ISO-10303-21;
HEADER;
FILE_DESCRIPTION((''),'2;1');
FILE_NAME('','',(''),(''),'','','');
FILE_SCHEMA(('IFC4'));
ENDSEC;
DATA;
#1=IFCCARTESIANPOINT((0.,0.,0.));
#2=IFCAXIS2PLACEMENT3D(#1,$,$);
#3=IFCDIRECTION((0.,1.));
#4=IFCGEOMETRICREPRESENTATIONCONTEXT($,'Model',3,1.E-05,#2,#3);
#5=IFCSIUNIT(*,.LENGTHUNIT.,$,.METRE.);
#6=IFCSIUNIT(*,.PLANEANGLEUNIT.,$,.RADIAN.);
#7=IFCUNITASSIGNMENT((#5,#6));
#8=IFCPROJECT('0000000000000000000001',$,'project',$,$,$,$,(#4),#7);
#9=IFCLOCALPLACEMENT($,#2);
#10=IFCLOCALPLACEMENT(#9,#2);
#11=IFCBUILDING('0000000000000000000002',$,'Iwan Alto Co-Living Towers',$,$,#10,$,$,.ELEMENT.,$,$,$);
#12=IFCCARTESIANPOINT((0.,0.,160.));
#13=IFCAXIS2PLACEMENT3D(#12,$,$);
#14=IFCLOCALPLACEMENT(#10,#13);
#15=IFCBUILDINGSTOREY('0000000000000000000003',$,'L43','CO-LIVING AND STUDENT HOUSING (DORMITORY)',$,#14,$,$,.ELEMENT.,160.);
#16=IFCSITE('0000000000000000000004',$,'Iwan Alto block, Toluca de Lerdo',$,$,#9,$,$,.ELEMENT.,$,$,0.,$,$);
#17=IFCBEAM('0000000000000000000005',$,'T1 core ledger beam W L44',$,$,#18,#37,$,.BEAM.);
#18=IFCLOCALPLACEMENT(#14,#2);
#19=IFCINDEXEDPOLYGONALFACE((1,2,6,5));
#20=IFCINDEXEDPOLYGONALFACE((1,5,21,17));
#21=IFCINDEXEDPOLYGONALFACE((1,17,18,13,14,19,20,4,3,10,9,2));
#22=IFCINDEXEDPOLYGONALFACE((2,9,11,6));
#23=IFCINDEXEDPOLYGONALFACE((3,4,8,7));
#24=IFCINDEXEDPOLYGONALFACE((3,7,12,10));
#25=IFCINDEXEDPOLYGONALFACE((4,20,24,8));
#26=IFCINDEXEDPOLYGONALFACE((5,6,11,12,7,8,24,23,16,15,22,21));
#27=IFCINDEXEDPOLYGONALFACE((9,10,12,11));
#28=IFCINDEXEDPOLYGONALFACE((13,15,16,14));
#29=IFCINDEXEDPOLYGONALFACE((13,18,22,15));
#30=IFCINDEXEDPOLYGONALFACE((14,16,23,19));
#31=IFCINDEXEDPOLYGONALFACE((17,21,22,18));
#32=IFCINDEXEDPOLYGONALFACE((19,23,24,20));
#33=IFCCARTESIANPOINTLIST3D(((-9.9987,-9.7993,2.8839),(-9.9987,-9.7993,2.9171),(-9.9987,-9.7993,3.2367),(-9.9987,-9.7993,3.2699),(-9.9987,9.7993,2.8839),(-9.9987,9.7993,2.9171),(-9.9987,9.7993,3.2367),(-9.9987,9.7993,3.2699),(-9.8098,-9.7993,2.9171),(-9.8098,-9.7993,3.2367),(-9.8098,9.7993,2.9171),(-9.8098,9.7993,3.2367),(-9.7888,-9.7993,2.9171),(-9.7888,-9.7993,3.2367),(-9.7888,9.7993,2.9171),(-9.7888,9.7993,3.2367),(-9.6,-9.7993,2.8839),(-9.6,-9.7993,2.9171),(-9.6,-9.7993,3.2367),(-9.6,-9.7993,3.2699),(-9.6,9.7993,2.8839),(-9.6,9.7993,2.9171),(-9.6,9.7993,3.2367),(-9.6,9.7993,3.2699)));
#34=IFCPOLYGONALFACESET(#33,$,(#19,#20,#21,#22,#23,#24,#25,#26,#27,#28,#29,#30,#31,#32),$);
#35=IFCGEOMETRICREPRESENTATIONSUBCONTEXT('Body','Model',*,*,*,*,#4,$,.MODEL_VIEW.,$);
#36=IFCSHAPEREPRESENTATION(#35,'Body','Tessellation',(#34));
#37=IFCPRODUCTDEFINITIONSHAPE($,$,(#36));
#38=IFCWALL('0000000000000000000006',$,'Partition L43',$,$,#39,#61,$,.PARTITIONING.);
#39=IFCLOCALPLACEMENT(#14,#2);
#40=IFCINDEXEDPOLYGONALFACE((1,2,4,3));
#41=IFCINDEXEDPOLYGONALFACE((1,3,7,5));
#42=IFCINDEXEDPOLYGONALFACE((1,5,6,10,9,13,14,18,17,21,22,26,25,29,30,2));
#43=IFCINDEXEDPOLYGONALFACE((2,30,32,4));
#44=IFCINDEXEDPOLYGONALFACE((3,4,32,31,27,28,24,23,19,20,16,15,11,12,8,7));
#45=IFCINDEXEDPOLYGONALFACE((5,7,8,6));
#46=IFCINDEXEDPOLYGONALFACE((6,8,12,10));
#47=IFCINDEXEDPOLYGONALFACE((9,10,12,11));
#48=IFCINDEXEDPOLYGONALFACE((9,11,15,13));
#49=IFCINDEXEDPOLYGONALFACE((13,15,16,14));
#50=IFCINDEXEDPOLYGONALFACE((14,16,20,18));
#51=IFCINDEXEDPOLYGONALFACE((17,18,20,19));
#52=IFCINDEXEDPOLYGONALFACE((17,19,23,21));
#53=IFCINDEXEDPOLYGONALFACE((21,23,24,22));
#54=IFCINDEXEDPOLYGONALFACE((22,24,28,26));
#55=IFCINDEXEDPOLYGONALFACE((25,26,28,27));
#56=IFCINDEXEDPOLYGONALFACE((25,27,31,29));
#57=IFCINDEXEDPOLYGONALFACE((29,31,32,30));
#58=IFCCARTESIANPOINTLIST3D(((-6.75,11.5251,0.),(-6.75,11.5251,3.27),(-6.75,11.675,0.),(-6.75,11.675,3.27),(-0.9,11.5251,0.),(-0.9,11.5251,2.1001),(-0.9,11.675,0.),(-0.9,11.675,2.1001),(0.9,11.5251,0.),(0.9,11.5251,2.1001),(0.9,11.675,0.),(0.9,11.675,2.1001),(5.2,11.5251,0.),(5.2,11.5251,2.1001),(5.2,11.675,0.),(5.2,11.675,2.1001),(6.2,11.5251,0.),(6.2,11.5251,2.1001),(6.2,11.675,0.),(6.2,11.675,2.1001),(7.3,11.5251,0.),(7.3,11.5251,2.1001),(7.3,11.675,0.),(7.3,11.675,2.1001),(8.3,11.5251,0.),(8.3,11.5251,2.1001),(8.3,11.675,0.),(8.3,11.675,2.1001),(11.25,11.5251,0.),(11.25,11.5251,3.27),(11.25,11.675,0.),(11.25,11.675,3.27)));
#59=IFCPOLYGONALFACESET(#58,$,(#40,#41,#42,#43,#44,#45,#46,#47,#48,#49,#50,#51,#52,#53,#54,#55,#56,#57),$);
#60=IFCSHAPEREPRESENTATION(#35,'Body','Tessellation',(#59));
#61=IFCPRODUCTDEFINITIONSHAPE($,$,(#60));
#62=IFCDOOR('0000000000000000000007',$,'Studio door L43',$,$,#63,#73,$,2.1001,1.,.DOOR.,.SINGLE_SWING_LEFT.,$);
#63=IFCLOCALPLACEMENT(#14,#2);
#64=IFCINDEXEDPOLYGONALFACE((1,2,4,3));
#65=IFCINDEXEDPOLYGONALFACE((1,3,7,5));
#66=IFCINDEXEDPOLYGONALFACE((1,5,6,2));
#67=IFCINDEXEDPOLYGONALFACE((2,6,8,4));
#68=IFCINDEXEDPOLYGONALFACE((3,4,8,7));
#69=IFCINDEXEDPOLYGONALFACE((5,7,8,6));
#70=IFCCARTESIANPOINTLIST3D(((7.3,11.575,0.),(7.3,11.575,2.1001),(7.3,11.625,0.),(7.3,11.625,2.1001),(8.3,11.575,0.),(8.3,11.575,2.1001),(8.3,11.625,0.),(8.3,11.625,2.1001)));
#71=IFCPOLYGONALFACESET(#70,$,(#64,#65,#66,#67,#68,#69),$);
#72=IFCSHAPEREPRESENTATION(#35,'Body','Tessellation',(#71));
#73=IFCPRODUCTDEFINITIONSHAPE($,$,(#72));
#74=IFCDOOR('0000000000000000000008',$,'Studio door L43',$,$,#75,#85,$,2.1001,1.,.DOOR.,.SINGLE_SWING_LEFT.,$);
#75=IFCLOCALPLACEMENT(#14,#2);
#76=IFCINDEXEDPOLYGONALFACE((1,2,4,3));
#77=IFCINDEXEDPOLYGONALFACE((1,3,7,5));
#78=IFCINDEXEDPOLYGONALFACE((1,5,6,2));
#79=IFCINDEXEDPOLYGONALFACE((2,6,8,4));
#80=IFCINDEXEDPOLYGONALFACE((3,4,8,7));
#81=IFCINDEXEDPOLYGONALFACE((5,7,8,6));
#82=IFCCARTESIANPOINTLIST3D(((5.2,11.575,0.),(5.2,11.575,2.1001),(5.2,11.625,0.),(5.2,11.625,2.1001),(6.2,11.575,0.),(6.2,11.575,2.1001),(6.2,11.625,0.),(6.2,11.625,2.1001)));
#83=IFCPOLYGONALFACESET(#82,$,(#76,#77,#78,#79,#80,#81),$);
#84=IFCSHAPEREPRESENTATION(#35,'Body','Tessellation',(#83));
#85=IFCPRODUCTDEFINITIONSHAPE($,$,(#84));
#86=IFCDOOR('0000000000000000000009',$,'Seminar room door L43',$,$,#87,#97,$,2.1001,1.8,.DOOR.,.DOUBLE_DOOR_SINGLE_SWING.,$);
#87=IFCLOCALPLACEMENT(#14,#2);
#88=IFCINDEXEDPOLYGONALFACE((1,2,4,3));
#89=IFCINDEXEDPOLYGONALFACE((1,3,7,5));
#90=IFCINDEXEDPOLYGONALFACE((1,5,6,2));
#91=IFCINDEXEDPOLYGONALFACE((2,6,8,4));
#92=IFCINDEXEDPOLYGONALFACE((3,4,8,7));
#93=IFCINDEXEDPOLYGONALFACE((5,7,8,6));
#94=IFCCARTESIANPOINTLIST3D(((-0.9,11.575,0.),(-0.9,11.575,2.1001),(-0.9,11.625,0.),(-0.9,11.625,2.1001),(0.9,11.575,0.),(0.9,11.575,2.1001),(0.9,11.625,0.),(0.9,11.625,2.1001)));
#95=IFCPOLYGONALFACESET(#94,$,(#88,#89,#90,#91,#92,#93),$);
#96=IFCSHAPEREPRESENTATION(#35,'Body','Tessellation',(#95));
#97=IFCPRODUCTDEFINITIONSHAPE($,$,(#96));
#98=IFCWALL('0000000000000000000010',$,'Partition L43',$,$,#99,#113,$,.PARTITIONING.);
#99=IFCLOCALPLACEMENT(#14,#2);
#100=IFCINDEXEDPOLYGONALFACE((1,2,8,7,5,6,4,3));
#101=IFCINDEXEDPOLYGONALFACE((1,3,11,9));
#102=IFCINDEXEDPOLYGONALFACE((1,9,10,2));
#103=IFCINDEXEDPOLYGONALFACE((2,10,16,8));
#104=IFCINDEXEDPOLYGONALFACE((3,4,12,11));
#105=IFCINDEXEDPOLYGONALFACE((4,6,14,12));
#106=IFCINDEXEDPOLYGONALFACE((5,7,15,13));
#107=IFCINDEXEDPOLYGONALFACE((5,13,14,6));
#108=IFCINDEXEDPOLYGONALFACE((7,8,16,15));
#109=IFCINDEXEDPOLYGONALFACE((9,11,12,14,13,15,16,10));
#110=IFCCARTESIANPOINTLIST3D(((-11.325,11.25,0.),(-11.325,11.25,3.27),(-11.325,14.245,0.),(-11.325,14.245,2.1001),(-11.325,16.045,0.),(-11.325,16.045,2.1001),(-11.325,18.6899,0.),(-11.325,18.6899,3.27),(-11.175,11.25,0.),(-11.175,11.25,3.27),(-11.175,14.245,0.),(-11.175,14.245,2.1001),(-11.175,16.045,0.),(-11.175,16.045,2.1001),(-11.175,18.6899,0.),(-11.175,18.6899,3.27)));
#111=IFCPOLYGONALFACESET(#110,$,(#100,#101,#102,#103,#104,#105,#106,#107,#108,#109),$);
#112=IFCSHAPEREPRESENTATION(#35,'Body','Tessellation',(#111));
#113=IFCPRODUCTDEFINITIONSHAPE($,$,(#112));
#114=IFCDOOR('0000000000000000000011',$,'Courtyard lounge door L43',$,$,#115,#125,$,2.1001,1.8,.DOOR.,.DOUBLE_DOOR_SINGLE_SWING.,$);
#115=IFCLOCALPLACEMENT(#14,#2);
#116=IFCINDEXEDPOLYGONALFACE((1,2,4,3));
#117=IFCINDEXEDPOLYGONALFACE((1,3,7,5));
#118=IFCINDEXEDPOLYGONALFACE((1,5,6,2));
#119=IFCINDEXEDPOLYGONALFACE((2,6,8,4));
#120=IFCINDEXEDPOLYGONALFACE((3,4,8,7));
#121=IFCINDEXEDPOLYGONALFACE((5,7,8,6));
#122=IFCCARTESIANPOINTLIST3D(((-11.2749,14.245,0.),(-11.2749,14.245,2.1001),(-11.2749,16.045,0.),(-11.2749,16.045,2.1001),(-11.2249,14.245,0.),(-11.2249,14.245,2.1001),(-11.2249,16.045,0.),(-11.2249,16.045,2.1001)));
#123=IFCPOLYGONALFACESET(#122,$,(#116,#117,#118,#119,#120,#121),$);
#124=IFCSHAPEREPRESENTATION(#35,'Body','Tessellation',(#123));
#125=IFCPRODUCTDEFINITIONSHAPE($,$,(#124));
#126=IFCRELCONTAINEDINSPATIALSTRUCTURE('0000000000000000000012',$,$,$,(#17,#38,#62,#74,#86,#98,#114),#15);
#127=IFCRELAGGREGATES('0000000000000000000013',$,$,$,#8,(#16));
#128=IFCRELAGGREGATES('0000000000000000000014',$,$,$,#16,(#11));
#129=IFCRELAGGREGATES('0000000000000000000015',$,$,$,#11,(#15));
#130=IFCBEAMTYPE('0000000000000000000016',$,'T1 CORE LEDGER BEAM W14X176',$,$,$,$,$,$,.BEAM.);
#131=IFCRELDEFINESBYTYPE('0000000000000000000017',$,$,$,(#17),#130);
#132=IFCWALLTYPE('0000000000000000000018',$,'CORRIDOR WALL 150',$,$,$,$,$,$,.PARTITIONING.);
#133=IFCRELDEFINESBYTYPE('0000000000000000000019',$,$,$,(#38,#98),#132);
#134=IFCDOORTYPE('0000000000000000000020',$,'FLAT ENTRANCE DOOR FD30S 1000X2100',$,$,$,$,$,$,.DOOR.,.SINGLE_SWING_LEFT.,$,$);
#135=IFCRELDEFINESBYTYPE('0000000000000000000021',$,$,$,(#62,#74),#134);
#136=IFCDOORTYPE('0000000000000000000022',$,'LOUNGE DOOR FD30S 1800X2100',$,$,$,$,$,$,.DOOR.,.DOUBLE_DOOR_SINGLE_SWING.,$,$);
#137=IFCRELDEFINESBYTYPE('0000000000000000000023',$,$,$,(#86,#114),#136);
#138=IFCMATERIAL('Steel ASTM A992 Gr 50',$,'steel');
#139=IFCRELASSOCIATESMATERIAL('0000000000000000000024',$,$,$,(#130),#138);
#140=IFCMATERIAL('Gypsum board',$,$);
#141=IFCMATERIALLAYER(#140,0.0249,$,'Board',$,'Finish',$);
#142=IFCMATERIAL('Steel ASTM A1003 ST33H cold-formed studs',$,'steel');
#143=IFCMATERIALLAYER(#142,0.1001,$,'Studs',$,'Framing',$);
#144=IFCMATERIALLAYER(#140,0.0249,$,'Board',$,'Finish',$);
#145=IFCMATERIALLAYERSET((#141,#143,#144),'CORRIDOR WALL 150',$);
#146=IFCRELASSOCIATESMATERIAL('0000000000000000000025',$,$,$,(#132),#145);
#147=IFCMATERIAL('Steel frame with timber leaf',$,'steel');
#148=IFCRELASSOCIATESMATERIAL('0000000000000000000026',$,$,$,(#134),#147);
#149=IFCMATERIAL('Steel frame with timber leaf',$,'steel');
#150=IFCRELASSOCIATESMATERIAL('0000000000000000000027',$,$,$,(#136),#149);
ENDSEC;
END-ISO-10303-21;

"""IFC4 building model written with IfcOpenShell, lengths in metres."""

from ifc_helpers import new_model, si_unit, direction, frame, frame_2d, origin, origin_2d, place, context, subcontext, project, spatial, rectangle, i_section, extrude, material, layer, layer_set, material_profile, profile_set, type_object, element, fill, save


model = new_model("IFC4")

# Units and contexts
model_context = context("Model", 3, precision=1e-05, world=origin(), true_north=direction((0.0, 1.0)))
body_context = subcontext(model_context, "Body", "Model", "MODEL_VIEW")
ifc_project = project(units=[si_unit("LENGTHUNIT", "METRE"), si_unit("PLANEANGLEUNIT", "RADIAN")], contexts=[model_context])

# Site, building, storey
site_placement = place(None, origin())
site = spatial("IfcSite", under=ifc_project, at=site_placement, Name="Iwan Alto block, Toluca de Lerdo", CompositionType="ELEMENT", RefElevation=0.0)
building_placement = place(site_placement, origin())
building = spatial("IfcBuilding", under=site, at=building_placement, Name="Iwan Alto Co-Living Towers", CompositionType="ELEMENT")
storey_placement = place(building_placement, frame((0.0, 0.0, 160.0)))
storey = spatial("IfcBuildingStorey", under=building, at=storey_placement, Name="L43", Description="CO-LIVING AND STUDENT HOUSING (DORMITORY)", CompositionType="ELEMENT", Elevation=160.0)

# Beam
ifc_material_1 = material(Name="Steel ASTM A992 Gr 50", Category="steel")
ifc_material_profile = material_profile(ifc_material_1, i_section(OverallWidth=0.3987, OverallDepth=0.386, WebThickness=0.021, FlangeThickness=0.0332, at=origin_2d()), Name="W14X176")
ifc_profile_set = profile_set([ifc_material_profile], Name="Steel ASTM A992 Gr 50")
beam_type = type_object("IfcBeamType", Name="T1 CORE LEDGER BEAM W14X176", PredefinedType="BEAM", material=ifc_profile_set)
beam_placement = place(storey_placement, frame((-9.7993, 9.7993, 3.0769), z_axis=(0.0, -1.0, 0.0), x_axis=(1.0, 0.0, 0.0)))
element("IfcBeam", 1, at=beam_placement, inside=storey, type_object=beam_type, Name="T1 core ledger beam W L44", PredefinedType="BEAM", context=body_context, shape_type="SweptSolid", body=[
    extrude(i_section(OverallWidth=0.3987, OverallDepth=0.386, WebThickness=0.021, FlangeThickness=0.0332, at=origin_2d()), origin(), (0.0, 0.0, 1.0), 19.5986),
])

# Wall, openings, doors
ifc_material_2 = material(Name="Gypsum board")
ifc_layer_1 = layer(ifc_material_2, 0.0249, Name="Board", Category="Finish")
ifc_material_3 = material(Name="Steel ASTM A1003 ST33H cold-formed studs", Category="steel")
ifc_layer_2 = layer(ifc_material_3, 0.1001, Name="Studs", Category="Framing")
ifc_layer_3 = layer(ifc_material_2, 0.0249, Name="Board", Category="Finish")
ifc_layer_set_1 = layer_set([ifc_layer_1, ifc_layer_2, ifc_layer_3], Name="CORRIDOR WALL 150")
wall_type_1 = type_object("IfcWallType", Name="CORRIDOR WALL 150", PredefinedType="PARTITIONING", material=ifc_layer_set_1)
wall_1_placement = place(storey_placement, frame((-6.75, 11.6001, 0.0), z_axis=(0.0, 0.0, 1.0), x_axis=(1.0, 0.0, 0.0)))
wall_1 = element("IfcWall", 2, at=wall_1_placement, inside=storey, type_object=wall_type_1, Name="Partition L43", PredefinedType="PARTITIONING", context=body_context, shape_type="SweptSolid", body=[
    extrude(rectangle(XDim=18.0, YDim=0.1499, at=frame_2d((9.0, 0.0))), origin(), (0.0, 0.0, 1.0), 3.27),
])
opening_1_placement = place(wall_1_placement, frame((14.05, 0.0, 0.0)))
opening_1 = element("IfcOpeningElement", 3, at=opening_1_placement, cuts=wall_1, PredefinedType="OPENING", context=body_context, shape_type="SweptSolid", body=[
    extrude(rectangle(XDim=1.0, YDim=2.1001, at=frame_2d((0.5, 1.05))), frame((0.0, 0.085, 0.0), z_axis=(0.0, -1.0, 0.0), x_axis=(1.0, 0.0, 0.0)), (0.0, 0.0, 1.0), 0.1699),
])
opening_2_placement = place(wall_1_placement, frame((11.95, 0.0, 0.0)))
opening_2 = element("IfcOpeningElement", 4, at=opening_2_placement, cuts=wall_1, PredefinedType="OPENING", context=body_context, shape_type="SweptSolid", body=[
    extrude(rectangle(XDim=1.0, YDim=2.1001, at=frame_2d((0.5, 1.05))), frame((0.0, 0.085, 0.0), z_axis=(0.0, -1.0, 0.0), x_axis=(1.0, 0.0, 0.0)), (0.0, 0.0, 1.0), 0.1699),
])
opening_3_placement = place(wall_1_placement, frame((5.8501, 0.0, 0.0)))
opening_3 = element("IfcOpeningElement", 5, at=opening_3_placement, cuts=wall_1, PredefinedType="OPENING", context=body_context, shape_type="SweptSolid", body=[
    extrude(rectangle(XDim=1.8, YDim=2.1001, at=frame_2d((0.8999, 1.05))), frame((0.0, 0.085, 0.0), z_axis=(0.0, -1.0, 0.0), x_axis=(1.0, 0.0, 0.0)), (0.0, 0.0, 1.0), 0.1699),
])
ifc_material_4 = material(Name="Steel frame with timber leaf", Category="steel")
door_type_1 = type_object("IfcDoorType", Name="FLAT ENTRANCE DOOR FD30S 1000X2100", OperationType="SINGLE_SWING_LEFT", PredefinedType="DOOR", material=ifc_material_4)
door_1_placement = place(opening_1_placement, origin())
door_1 = element("IfcDoor", 6, at=door_1_placement, inside=storey, type_object=door_type_1, Name="Studio door L43", OperationType="SINGLE_SWING_LEFT", OverallHeight=2.1001, OverallWidth=1.0, PredefinedType="DOOR", context=body_context, shape_type="SweptSolid", body=[
    extrude(rectangle(XDim=1.0, YDim=2.1001, at=frame_2d((0.5, 1.05))), frame((0.0, 0.0249, 0.0), z_axis=(0.0, -1.0, 0.0), x_axis=(1.0, 0.0, 0.0)), (0.0, 0.0, 1.0), 0.05),
])
fill(opening_1, door_1)
door_2_placement = place(opening_2_placement, origin())
door_2 = element("IfcDoor", 7, at=door_2_placement, inside=storey, type_object=door_type_1, Name="Studio door L43", OperationType="SINGLE_SWING_LEFT", OverallHeight=2.1001, OverallWidth=1.0, PredefinedType="DOOR", context=body_context, shape_type="SweptSolid", body=[
    extrude(rectangle(XDim=1.0, YDim=2.1001, at=frame_2d((0.5, 1.05))), frame((0.0, 0.0249, 0.0), z_axis=(0.0, -1.0, 0.0), x_axis=(1.0, 0.0, 0.0)), (0.0, 0.0, 1.0), 0.05),
])
fill(opening_2, door_2)
ifc_material_5 = material(Name="Steel frame with timber leaf", Category="steel")
door_type_2 = type_object("IfcDoorType", Name="LOUNGE DOOR FD30S 1800X2100", OperationType="DOUBLE_DOOR_SINGLE_SWING", PredefinedType="DOOR", material=ifc_material_5)
door_3_placement = place(opening_3_placement, origin())
door_3 = element("IfcDoor", 8, at=door_3_placement, inside=storey, type_object=door_type_2, Name="Seminar room door L43", OperationType="DOUBLE_DOOR_SINGLE_SWING", OverallHeight=2.1001, OverallWidth=1.8, PredefinedType="DOOR", context=body_context, shape_type="SweptSolid", body=[
    extrude(rectangle(XDim=1.8, YDim=2.1001, at=frame_2d((0.8999, 1.05))), frame((0.0, 0.0249, 0.0), z_axis=(0.0, -1.0, 0.0), x_axis=(1.0, 0.0, 0.0)), (0.0, 0.0, 1.0), 0.05),
])
fill(opening_3, door_3)

# Wall, opening, door
wall_2_placement = place(storey_placement, frame((-11.25, 11.25, 0.0), z_axis=(0.0, 0.0, 1.0), x_axis=(0.0, 1.0, 0.0)))
wall_2 = element("IfcWall", 9, at=wall_2_placement, inside=storey, type_object=wall_type_1, Name="Partition L43", PredefinedType="PARTITIONING", context=body_context, shape_type="SweptSolid", body=[
    extrude(rectangle(XDim=7.4399, YDim=0.1499, at=frame_2d((3.72, 0.0))), origin(), (0.0, 0.0, 1.0), 3.27),
])
opening_4_placement = place(wall_2_placement, frame((2.9951, 0.0, 0.0)))
opening_4 = element("IfcOpeningElement", 10, at=opening_4_placement, cuts=wall_2, PredefinedType="OPENING", context=body_context, shape_type="SweptSolid", body=[
    extrude(rectangle(XDim=1.8, YDim=2.1001, at=frame_2d((0.8999, 1.05))), frame((0.0, 0.085, 0.0), z_axis=(0.0, -1.0, 0.0), x_axis=(1.0, 0.0, 0.0)), (0.0, 0.0, 1.0), 0.1699),
])
door_4_placement = place(opening_4_placement, origin())
door_4 = element("IfcDoor", 11, at=door_4_placement, inside=storey, type_object=door_type_2, Name="Courtyard lounge door L43", OperationType="DOUBLE_DOOR_SINGLE_SWING", OverallHeight=2.1001, OverallWidth=1.8, PredefinedType="DOOR", context=body_context, shape_type="SweptSolid", body=[
    extrude(rectangle(XDim=1.8, YDim=2.1001, at=frame_2d((0.8999, 1.05))), frame((0.0, 0.0249, 0.0), z_axis=(0.0, -1.0, 0.0), x_axis=(1.0, 0.0, 0.0)), (0.0, 0.0, 1.0), 0.05),
])
fill(opening_4, door_4)

save(model, "model.ifc")
